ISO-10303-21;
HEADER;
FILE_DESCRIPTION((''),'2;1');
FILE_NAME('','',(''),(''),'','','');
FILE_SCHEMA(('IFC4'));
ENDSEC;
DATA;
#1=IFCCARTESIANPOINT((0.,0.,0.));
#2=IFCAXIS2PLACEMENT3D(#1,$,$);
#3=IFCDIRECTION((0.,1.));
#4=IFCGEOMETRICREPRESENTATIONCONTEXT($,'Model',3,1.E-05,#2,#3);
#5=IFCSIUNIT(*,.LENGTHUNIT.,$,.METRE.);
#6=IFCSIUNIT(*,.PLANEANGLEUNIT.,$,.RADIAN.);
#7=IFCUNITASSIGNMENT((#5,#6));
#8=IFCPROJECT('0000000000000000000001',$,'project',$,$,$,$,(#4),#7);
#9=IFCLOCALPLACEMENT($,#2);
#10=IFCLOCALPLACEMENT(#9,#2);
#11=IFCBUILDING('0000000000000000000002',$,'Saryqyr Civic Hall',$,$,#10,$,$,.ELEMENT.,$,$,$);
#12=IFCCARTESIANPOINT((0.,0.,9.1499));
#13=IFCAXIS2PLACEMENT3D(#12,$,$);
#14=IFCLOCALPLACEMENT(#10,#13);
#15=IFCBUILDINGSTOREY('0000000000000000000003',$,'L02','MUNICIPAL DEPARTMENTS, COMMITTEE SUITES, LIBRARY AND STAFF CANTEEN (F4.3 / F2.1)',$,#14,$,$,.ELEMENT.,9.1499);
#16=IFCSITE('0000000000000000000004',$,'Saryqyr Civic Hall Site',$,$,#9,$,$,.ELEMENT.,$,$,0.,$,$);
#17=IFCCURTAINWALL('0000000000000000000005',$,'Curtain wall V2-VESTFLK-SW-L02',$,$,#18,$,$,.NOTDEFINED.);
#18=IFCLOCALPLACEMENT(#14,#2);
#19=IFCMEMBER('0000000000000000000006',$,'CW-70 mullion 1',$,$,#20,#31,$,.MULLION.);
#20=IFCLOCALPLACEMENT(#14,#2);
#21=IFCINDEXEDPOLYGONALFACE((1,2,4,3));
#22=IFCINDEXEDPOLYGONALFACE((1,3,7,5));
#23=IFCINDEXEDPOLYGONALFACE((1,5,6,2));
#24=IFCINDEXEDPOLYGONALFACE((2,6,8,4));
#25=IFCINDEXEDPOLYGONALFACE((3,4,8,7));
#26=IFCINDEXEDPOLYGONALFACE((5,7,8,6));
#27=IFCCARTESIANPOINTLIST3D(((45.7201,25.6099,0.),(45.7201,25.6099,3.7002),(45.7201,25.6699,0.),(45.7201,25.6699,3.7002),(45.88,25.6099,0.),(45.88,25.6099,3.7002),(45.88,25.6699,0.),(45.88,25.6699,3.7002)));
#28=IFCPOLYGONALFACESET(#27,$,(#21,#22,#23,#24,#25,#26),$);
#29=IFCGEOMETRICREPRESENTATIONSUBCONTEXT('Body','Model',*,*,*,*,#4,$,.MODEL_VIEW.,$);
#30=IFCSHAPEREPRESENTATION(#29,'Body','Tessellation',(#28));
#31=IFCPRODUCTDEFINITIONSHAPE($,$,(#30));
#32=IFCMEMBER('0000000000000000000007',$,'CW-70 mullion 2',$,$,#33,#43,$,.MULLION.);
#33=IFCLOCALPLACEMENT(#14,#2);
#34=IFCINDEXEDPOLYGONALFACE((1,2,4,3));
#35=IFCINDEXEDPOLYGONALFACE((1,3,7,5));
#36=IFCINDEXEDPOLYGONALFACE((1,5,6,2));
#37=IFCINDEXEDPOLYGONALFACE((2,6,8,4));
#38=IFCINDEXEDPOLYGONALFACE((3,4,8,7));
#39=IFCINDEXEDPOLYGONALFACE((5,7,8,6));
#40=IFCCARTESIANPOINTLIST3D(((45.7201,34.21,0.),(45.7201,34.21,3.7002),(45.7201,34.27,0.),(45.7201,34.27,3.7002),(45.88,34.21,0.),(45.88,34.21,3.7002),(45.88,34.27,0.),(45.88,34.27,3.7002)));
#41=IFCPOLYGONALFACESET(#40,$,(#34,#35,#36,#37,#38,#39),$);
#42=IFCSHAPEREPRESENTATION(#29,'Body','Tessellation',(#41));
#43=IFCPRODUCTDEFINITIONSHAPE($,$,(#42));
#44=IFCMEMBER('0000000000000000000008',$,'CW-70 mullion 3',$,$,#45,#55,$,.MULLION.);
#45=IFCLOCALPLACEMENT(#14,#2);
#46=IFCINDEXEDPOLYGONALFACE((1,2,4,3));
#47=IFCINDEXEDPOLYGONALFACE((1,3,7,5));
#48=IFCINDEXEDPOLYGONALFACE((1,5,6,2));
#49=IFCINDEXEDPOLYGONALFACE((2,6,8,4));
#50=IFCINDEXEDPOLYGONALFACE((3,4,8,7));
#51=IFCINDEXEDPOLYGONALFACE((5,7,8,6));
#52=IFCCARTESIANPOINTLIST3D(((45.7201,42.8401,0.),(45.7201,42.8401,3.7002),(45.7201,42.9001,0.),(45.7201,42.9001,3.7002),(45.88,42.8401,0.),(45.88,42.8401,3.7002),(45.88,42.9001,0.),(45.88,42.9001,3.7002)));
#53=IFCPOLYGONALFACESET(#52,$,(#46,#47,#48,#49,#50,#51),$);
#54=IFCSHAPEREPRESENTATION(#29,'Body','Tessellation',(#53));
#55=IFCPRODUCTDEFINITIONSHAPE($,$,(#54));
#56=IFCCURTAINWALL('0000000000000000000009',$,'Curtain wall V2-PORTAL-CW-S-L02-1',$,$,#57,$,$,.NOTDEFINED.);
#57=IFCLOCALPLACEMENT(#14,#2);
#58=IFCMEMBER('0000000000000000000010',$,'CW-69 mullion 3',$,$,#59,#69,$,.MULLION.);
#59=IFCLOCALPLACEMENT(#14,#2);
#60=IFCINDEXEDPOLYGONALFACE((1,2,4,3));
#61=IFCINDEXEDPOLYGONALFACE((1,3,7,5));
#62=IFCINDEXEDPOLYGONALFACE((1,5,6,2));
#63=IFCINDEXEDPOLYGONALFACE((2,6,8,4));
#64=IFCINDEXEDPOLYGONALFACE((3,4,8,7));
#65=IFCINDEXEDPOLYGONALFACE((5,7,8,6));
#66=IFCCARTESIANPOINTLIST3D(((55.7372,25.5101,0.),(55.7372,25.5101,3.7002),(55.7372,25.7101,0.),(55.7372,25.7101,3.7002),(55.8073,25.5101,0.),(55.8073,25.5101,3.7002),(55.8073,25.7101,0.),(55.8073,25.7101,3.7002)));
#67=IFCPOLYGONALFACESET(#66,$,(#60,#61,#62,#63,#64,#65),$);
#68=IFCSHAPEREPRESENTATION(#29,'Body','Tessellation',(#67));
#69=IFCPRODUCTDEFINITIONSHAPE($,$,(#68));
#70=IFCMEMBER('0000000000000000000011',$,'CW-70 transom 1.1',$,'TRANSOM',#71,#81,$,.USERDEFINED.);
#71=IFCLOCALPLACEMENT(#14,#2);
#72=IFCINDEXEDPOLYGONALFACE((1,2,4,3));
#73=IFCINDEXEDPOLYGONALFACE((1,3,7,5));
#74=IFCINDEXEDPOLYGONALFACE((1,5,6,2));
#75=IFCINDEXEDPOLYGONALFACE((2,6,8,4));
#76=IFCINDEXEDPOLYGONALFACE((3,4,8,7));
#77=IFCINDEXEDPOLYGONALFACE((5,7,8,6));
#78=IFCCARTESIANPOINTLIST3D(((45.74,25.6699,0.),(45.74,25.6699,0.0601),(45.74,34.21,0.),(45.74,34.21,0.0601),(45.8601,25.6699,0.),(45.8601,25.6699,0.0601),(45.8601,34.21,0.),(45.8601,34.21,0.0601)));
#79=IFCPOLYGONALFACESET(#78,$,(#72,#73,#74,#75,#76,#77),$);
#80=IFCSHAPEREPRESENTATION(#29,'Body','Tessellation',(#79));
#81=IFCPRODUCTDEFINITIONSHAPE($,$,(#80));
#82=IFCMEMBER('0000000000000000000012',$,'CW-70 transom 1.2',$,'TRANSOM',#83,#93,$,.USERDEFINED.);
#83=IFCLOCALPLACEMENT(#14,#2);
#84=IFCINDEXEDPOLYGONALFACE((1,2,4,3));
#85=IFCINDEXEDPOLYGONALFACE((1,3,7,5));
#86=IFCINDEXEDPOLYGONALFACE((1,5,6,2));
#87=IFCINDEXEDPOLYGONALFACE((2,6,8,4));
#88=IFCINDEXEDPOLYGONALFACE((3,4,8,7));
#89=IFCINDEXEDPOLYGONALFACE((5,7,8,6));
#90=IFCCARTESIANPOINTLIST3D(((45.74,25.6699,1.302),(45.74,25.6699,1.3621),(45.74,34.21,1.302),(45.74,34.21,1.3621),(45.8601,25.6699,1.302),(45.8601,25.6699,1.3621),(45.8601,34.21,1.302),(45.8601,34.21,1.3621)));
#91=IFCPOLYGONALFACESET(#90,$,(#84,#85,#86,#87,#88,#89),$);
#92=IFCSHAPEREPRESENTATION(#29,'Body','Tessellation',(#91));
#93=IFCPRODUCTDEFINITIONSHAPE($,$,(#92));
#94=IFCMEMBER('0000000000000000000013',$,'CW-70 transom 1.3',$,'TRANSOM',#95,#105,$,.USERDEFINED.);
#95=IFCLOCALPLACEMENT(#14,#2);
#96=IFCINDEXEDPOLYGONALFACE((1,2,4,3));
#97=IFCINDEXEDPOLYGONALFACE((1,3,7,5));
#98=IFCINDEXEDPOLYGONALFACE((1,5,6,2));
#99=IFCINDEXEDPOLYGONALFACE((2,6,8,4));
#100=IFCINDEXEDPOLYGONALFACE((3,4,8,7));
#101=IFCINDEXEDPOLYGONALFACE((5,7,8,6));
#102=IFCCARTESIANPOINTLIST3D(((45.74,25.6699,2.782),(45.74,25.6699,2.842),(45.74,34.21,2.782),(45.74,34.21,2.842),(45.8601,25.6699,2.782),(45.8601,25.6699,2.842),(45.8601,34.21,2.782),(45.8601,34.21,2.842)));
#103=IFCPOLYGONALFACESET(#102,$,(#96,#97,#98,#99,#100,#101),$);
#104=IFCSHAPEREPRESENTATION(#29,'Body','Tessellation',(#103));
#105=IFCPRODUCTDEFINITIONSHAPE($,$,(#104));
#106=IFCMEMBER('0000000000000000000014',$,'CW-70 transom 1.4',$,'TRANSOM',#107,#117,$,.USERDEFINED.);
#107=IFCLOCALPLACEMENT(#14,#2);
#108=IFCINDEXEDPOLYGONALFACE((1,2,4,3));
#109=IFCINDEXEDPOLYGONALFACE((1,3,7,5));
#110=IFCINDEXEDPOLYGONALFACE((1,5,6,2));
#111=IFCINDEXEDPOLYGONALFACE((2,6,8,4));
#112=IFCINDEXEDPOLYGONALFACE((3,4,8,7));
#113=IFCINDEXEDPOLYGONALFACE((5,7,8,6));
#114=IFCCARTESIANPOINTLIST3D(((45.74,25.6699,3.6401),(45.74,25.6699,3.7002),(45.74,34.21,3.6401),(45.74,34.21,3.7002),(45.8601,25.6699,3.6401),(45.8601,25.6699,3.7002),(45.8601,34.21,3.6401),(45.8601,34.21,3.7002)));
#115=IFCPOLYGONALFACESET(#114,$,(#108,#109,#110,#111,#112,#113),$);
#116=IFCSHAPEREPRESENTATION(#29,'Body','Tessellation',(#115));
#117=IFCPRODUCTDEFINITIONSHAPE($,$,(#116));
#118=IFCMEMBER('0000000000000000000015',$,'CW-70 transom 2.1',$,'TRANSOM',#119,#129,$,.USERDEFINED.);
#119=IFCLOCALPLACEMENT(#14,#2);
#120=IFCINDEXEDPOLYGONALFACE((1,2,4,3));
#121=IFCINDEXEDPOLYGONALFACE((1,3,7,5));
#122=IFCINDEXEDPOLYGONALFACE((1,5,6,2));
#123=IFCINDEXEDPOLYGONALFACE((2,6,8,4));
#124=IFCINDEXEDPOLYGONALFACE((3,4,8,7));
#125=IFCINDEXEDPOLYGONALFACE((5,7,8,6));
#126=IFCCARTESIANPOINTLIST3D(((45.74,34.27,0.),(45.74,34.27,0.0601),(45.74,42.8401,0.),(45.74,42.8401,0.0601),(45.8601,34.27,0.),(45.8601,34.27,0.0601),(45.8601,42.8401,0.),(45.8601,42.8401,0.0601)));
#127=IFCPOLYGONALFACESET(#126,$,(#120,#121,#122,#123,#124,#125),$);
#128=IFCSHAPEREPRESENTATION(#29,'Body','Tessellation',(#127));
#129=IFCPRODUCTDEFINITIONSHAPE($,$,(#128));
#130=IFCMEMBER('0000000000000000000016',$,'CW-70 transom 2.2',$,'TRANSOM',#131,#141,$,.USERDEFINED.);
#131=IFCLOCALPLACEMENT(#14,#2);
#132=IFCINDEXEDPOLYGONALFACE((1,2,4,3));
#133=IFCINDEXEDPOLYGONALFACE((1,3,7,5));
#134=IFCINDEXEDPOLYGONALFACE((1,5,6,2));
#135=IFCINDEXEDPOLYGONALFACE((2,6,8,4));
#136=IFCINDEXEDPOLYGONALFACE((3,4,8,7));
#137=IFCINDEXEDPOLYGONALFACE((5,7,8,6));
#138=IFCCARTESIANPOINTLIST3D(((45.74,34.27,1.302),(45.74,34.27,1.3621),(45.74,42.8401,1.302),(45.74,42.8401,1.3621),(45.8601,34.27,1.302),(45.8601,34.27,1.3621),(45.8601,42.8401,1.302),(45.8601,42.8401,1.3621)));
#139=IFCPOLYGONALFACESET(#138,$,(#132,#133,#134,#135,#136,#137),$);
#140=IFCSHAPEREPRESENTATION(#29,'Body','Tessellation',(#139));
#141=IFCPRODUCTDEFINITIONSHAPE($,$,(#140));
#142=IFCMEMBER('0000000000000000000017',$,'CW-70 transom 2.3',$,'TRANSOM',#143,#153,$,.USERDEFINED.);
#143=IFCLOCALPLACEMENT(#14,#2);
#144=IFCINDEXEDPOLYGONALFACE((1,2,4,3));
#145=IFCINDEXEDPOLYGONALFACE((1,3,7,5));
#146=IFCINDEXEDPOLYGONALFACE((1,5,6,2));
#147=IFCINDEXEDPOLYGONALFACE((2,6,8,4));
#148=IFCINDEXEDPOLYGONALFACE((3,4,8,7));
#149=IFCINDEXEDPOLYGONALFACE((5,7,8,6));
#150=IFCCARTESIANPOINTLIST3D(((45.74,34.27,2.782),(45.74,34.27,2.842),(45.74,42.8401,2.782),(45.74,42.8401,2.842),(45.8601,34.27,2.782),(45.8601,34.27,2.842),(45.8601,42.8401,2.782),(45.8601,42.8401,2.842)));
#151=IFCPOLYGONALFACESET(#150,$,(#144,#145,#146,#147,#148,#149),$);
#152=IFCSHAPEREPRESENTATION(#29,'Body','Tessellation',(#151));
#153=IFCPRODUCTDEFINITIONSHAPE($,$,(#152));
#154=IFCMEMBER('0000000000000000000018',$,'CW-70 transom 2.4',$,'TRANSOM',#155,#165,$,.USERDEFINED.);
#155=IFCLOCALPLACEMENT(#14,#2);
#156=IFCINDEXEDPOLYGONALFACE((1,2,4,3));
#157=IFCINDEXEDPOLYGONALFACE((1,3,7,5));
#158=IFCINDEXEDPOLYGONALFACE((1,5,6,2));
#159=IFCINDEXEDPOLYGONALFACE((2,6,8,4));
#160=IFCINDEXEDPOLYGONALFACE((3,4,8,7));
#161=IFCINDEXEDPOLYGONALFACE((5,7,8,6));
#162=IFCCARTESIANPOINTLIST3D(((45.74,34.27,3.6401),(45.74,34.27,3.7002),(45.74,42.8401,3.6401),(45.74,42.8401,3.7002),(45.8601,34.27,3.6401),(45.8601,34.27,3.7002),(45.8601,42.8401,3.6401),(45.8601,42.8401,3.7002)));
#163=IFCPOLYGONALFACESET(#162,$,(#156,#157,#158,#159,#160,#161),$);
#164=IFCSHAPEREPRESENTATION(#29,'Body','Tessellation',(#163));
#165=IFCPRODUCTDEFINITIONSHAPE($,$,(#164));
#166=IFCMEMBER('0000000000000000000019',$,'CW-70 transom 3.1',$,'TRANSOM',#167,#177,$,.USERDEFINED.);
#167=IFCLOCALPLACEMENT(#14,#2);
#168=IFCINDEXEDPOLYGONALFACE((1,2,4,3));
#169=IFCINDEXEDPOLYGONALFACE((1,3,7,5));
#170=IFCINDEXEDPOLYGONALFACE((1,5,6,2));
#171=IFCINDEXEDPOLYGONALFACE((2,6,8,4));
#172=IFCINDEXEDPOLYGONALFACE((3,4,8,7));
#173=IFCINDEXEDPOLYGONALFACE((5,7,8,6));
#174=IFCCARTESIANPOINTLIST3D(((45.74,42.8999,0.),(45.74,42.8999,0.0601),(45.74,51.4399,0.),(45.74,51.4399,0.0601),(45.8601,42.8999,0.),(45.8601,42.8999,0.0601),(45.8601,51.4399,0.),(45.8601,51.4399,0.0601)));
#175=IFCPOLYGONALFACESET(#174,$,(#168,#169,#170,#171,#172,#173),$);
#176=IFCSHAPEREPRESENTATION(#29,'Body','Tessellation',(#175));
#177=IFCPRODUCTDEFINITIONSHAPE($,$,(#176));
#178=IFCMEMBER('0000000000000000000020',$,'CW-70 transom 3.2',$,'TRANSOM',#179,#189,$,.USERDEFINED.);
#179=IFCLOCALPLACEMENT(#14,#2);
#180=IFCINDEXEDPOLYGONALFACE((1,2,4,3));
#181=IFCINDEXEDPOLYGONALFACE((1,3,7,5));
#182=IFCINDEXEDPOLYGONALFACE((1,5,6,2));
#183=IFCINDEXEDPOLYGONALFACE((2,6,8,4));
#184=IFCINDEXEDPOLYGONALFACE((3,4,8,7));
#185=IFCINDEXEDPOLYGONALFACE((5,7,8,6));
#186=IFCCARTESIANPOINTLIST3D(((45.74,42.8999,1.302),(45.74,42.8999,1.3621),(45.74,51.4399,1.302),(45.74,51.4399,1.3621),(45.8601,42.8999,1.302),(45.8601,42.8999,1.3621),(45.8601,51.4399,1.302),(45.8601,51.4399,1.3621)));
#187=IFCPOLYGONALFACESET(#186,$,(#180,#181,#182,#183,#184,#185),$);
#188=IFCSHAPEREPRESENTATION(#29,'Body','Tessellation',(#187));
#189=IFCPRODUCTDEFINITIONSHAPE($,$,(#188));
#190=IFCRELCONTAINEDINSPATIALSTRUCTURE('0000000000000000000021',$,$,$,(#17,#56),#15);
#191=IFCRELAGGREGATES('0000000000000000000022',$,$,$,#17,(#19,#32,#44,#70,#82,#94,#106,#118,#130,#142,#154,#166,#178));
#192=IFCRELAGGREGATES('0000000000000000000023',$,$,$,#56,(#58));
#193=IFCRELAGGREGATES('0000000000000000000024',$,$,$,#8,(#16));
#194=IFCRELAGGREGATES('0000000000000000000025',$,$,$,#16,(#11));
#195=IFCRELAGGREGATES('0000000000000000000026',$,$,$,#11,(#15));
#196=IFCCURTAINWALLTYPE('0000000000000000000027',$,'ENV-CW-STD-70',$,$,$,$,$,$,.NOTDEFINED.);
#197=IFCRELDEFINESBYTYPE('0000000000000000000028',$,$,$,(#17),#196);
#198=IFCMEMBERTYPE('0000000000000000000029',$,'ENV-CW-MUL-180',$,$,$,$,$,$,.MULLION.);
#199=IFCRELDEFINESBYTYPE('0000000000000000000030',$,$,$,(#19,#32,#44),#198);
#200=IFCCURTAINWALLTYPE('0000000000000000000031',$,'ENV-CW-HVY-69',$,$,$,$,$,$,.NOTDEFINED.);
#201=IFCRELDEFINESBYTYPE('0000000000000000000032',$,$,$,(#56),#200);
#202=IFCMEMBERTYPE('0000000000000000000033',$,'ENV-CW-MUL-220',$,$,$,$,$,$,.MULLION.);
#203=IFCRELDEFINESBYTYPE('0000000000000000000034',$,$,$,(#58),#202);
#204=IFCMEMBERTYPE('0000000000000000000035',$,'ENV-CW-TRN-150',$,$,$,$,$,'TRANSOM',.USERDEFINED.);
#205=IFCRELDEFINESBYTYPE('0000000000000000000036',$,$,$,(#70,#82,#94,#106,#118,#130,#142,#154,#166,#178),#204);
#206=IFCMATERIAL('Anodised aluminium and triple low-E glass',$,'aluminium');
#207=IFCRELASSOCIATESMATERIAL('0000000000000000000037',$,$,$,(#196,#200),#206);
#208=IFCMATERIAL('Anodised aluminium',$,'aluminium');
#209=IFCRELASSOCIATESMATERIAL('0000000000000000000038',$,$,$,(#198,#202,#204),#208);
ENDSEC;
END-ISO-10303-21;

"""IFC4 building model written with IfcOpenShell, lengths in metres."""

from ifc_helpers import new_model, si_unit, direction, frame, origin, origin_2d, place, context, subcontext, project, spatial, rectangle, extrude, material, material_profile, profile_set, type_object, element, aggregate, save


model = new_model("IFC4")

# Units and contexts
model_context = context("Model", 3, precision=1e-05, world=origin(), true_north=direction((0.0, 1.0)))
body_context = subcontext(model_context, "Body", "Model", "MODEL_VIEW")
ifc_project = project(units=[si_unit("LENGTHUNIT", "METRE"), si_unit("PLANEANGLEUNIT", "RADIAN")], contexts=[model_context])

# Site, building, storey
site_placement = place(None, origin())
site = spatial("IfcSite", under=ifc_project, at=site_placement, Name="Saryqyr Civic Hall Site", CompositionType="ELEMENT", RefElevation=0.0)
building_placement = place(site_placement, origin())
building = spatial("IfcBuilding", under=site, at=building_placement, Name="Saryqyr Civic Hall", CompositionType="ELEMENT")
storey_placement = place(building_placement, frame((0.0, 0.0, 9.1499)))
storey = spatial("IfcBuildingStorey", under=building, at=storey_placement, Name="L02", Description="MUNICIPAL DEPARTMENTS, COMMITTEE SUITES, LIBRARY AND STAFF CANTEEN (F4.3 / F2.1)", CompositionType="ELEMENT", Elevation=9.1499)

# Curtain wall, members
ifc_material_1 = material(Name="Anodised aluminium and triple low-E glass", Category="aluminium")
curtain_wall_type_1 = type_object("IfcCurtainWallType", Name="ENV-CW-STD-70", PredefinedType="NOTDEFINED", material=ifc_material_1)
curtain_wall_1_placement = place(storey_placement, origin())
curtain_wall_1 = element("IfcCurtainWall", 1, at=curtain_wall_1_placement, inside=storey, type_object=curtain_wall_type_1, Name="Curtain wall V2-VESTFLK-SW-L02", PredefinedType="NOTDEFINED")
ifc_material_2 = material(Name="Anodised aluminium", Category="aluminium")
ifc_material_profile_1 = material_profile(ifc_material_2, rectangle(XDim=0.0601, YDim=0.1599, at=origin_2d()), Name="ALU MULLION 60x160")
ifc_profile_set_1 = profile_set([ifc_material_profile_1], Name="Anodised aluminium")
member_type_1 = type_object("IfcMemberType", Name="ENV-CW-MUL-180", PredefinedType="MULLION", material=ifc_profile_set_1)
member_1_placement = place(storey_placement, frame((45.8, 25.6399, 0.0), z_axis=(0.0, 0.0, 1.0), x_axis=(0.0, 1.0, 0.0)))
member_1 = element("IfcMember", 2, at=member_1_placement, type_object=member_type_1, Name="CW-70 mullion 1", PredefinedType="MULLION", context=body_context, shape_type="SweptSolid", body=[
    extrude(rectangle(XDim=0.0601, YDim=0.1599, at=origin_2d()), origin(), (0.0, 0.0, 1.0), 3.7002),
])
member_2_placement = place(storey_placement, frame((45.8, 34.24, 0.0), z_axis=(0.0, 0.0, 1.0), x_axis=(0.0, 1.0, 0.0)))
member_2 = element("IfcMember", 3, at=member_2_placement, type_object=member_type_1, Name="CW-70 mullion 2", PredefinedType="MULLION", context=body_context, shape_type="SweptSolid", body=[
    extrude(rectangle(XDim=0.0601, YDim=0.1599, at=origin_2d()), origin(), (0.0, 0.0, 1.0), 3.7002),
])
member_3_placement = place(storey_placement, frame((45.8, 42.8701, 0.0), z_axis=(0.0, 0.0, 1.0), x_axis=(0.0, 1.0, 0.0)))
member_3 = element("IfcMember", 4, at=member_3_placement, type_object=member_type_1, Name="CW-70 mullion 3", PredefinedType="MULLION", context=body_context, shape_type="SweptSolid", body=[
    extrude(rectangle(XDim=0.0601, YDim=0.1599, at=origin_2d()), origin(), (0.0, 0.0, 1.0), 3.7002),
])

# Curtain wall, member
curtain_wall_type_2 = type_object("IfcCurtainWallType", Name="ENV-CW-HVY-69", PredefinedType="NOTDEFINED", material=ifc_material_1)
curtain_wall_2_placement = place(storey_placement, origin())
curtain_wall_2 = element("IfcCurtainWall", 5, at=curtain_wall_2_placement, inside=storey, type_object=curtain_wall_type_2, Name="Curtain wall V2-PORTAL-CW-S-L02-1", PredefinedType="NOTDEFINED")
ifc_material_profile_2 = material_profile(ifc_material_2, rectangle(XDim=0.0701, YDim=0.2, at=origin_2d()), Name="ALU MULLION 70x200")
ifc_profile_set_2 = profile_set([ifc_material_profile_2], Name="Anodised aluminium")
member_type_2 = type_object("IfcMemberType", Name="ENV-CW-MUL-220", PredefinedType="MULLION", material=ifc_profile_set_2)
member_4_placement = place(storey_placement, frame((55.7722, 25.6101, 0.0), z_axis=(0.0, 0.0, 1.0), x_axis=(-1.0, 0.0, 0.0)))
member_4 = element("IfcMember", 6, at=member_4_placement, type_object=member_type_2, Name="CW-69 mullion 3", PredefinedType="MULLION", context=body_context, shape_type="SweptSolid", body=[
    extrude(rectangle(XDim=0.0701, YDim=0.2, at=origin_2d()), origin(), (0.0, 0.0, 1.0), 3.7002),
])

# Members
ifc_material_profile_3 = material_profile(ifc_material_2, rectangle(XDim=0.1201, YDim=0.0601, at=origin_2d()), Name="ALU TRANSOM 120x60")
ifc_profile_set_3 = profile_set([ifc_material_profile_3], Name="Anodised aluminium")
member_type_3 = type_object("IfcMemberType", Name="ENV-CW-TRN-150", ElementType="TRANSOM", PredefinedType="USERDEFINED", material=ifc_profile_set_3)
member_5_placement = place(storey_placement, frame((45.8, 25.6699, 0.03), z_axis=(0.0, 1.0, 0.0), x_axis=(-1.0, 0.0, 0.0)))
member_5 = element("IfcMember", 7, at=member_5_placement, type_object=member_type_3, Name="CW-70 transom 1.1", ObjectType="TRANSOM", PredefinedType="USERDEFINED", context=body_context, shape_type="SweptSolid", body=[
    extrude(rectangle(XDim=0.1201, YDim=0.0601, at=origin_2d()), origin(), (0.0, 0.0, 1.0), 8.54),
])
member_6_placement = place(storey_placement, frame((45.8, 25.6699, 1.332), z_axis=(0.0, 1.0, 0.0), x_axis=(-1.0, 0.0, 0.0)))
member_6 = element("IfcMember", 8, at=member_6_placement, type_object=member_type_3, Name="CW-70 transom 1.2", ObjectType="TRANSOM", PredefinedType="USERDEFINED", context=body_context, shape_type="SweptSolid", body=[
    extrude(rectangle(XDim=0.1201, YDim=0.0601, at=origin_2d()), origin(), (0.0, 0.0, 1.0), 8.54),
])
member_7_placement = place(storey_placement, frame((45.8, 25.6699, 2.812), z_axis=(0.0, 1.0, 0.0), x_axis=(-1.0, 0.0, 0.0)))
member_7 = element("IfcMember", 9, at=member_7_placement, type_object=member_type_3, Name="CW-70 transom 1.3", ObjectType="TRANSOM", PredefinedType="USERDEFINED", context=body_context, shape_type="SweptSolid", body=[
    extrude(rectangle(XDim=0.1201, YDim=0.0601, at=origin_2d()), origin(), (0.0, 0.0, 1.0), 8.54),
])
member_8_placement = place(storey_placement, frame((45.8, 25.6699, 3.6702), z_axis=(0.0, 1.0, 0.0), x_axis=(-1.0, 0.0, 0.0)))
member_8 = element("IfcMember", 10, at=member_8_placement, type_object=member_type_3, Name="CW-70 transom 1.4", ObjectType="TRANSOM", PredefinedType="USERDEFINED", context=body_context, shape_type="SweptSolid", body=[
    extrude(rectangle(XDim=0.1201, YDim=0.0601, at=origin_2d()), origin(), (0.0, 0.0, 1.0), 8.54),
])
member_9_placement = place(storey_placement, frame((45.8, 34.27, 0.03), z_axis=(0.0, 1.0, 0.0), x_axis=(-1.0, 0.0, 0.0)))
member_9 = element("IfcMember", 11, at=member_9_placement, type_object=member_type_3, Name="CW-70 transom 2.1", ObjectType="TRANSOM", PredefinedType="USERDEFINED", context=body_context, shape_type="SweptSolid", body=[
    extrude(rectangle(XDim=0.1201, YDim=0.0601, at=origin_2d()), origin(), (0.0, 0.0, 1.0), 8.5701),
])
member_10_placement = place(storey_placement, frame((45.8, 34.27, 1.332), z_axis=(0.0, 1.0, 0.0), x_axis=(-1.0, 0.0, 0.0)))
member_10 = element("IfcMember", 12, at=member_10_placement, type_object=member_type_3, Name="CW-70 transom 2.2", ObjectType="TRANSOM", PredefinedType="USERDEFINED", context=body_context, shape_type="SweptSolid", body=[
    extrude(rectangle(XDim=0.1201, YDim=0.0601, at=origin_2d()), origin(), (0.0, 0.0, 1.0), 8.5701),
])
member_11_placement = place(storey_placement, frame((45.8, 34.27, 2.812), z_axis=(0.0, 1.0, 0.0), x_axis=(-1.0, 0.0, 0.0)))
member_11 = element("IfcMember", 13, at=member_11_placement, type_object=member_type_3, Name="CW-70 transom 2.3", ObjectType="TRANSOM", PredefinedType="USERDEFINED", context=body_context, shape_type="SweptSolid", body=[
    extrude(rectangle(XDim=0.1201, YDim=0.0601, at=origin_2d()), origin(), (0.0, 0.0, 1.0), 8.5701),
])
member_12_placement = place(storey_placement, frame((45.8, 34.27, 3.6702), z_axis=(0.0, 1.0, 0.0), x_axis=(-1.0, 0.0, 0.0)))
member_12 = element("IfcMember", 14, at=member_12_placement, type_object=member_type_3, Name="CW-70 transom 2.4", ObjectType="TRANSOM", PredefinedType="USERDEFINED", context=body_context, shape_type="SweptSolid", body=[
    extrude(rectangle(XDim=0.1201, YDim=0.0601, at=origin_2d()), origin(), (0.0, 0.0, 1.0), 8.5701),
])
member_13_placement = place(storey_placement, frame((45.8, 42.8999, 0.03), z_axis=(0.0, 1.0, 0.0), x_axis=(-1.0, 0.0, 0.0)))
member_13 = element("IfcMember", 15, at=member_13_placement, type_object=member_type_3, Name="CW-70 transom 3.1", ObjectType="TRANSOM", PredefinedType="USERDEFINED", context=body_context, shape_type="SweptSolid", body=[
    extrude(rectangle(XDim=0.1201, YDim=0.0601, at=origin_2d()), origin(), (0.0, 0.0, 1.0), 8.54),
])
member_14_placement = place(storey_placement, frame((45.8, 42.8999, 1.332), z_axis=(0.0, 1.0, 0.0), x_axis=(-1.0, 0.0, 0.0)))
member_14 = element("IfcMember", 16, at=member_14_placement, type_object=member_type_3, Name="CW-70 transom 3.2", ObjectType="TRANSOM", PredefinedType="USERDEFINED", context=body_context, shape_type="SweptSolid", body=[
    extrude(rectangle(XDim=0.1201, YDim=0.0601, at=origin_2d()), origin(), (0.0, 0.0, 1.0), 8.54),
])

aggregate(curtain_wall_1, [member_1, member_2, member_3, member_5, member_6, member_7, member_8, member_9, member_10, member_11, member_12, member_13, member_14])
aggregate(curtain_wall_2, [member_4])

save(model, "model.ifc")
